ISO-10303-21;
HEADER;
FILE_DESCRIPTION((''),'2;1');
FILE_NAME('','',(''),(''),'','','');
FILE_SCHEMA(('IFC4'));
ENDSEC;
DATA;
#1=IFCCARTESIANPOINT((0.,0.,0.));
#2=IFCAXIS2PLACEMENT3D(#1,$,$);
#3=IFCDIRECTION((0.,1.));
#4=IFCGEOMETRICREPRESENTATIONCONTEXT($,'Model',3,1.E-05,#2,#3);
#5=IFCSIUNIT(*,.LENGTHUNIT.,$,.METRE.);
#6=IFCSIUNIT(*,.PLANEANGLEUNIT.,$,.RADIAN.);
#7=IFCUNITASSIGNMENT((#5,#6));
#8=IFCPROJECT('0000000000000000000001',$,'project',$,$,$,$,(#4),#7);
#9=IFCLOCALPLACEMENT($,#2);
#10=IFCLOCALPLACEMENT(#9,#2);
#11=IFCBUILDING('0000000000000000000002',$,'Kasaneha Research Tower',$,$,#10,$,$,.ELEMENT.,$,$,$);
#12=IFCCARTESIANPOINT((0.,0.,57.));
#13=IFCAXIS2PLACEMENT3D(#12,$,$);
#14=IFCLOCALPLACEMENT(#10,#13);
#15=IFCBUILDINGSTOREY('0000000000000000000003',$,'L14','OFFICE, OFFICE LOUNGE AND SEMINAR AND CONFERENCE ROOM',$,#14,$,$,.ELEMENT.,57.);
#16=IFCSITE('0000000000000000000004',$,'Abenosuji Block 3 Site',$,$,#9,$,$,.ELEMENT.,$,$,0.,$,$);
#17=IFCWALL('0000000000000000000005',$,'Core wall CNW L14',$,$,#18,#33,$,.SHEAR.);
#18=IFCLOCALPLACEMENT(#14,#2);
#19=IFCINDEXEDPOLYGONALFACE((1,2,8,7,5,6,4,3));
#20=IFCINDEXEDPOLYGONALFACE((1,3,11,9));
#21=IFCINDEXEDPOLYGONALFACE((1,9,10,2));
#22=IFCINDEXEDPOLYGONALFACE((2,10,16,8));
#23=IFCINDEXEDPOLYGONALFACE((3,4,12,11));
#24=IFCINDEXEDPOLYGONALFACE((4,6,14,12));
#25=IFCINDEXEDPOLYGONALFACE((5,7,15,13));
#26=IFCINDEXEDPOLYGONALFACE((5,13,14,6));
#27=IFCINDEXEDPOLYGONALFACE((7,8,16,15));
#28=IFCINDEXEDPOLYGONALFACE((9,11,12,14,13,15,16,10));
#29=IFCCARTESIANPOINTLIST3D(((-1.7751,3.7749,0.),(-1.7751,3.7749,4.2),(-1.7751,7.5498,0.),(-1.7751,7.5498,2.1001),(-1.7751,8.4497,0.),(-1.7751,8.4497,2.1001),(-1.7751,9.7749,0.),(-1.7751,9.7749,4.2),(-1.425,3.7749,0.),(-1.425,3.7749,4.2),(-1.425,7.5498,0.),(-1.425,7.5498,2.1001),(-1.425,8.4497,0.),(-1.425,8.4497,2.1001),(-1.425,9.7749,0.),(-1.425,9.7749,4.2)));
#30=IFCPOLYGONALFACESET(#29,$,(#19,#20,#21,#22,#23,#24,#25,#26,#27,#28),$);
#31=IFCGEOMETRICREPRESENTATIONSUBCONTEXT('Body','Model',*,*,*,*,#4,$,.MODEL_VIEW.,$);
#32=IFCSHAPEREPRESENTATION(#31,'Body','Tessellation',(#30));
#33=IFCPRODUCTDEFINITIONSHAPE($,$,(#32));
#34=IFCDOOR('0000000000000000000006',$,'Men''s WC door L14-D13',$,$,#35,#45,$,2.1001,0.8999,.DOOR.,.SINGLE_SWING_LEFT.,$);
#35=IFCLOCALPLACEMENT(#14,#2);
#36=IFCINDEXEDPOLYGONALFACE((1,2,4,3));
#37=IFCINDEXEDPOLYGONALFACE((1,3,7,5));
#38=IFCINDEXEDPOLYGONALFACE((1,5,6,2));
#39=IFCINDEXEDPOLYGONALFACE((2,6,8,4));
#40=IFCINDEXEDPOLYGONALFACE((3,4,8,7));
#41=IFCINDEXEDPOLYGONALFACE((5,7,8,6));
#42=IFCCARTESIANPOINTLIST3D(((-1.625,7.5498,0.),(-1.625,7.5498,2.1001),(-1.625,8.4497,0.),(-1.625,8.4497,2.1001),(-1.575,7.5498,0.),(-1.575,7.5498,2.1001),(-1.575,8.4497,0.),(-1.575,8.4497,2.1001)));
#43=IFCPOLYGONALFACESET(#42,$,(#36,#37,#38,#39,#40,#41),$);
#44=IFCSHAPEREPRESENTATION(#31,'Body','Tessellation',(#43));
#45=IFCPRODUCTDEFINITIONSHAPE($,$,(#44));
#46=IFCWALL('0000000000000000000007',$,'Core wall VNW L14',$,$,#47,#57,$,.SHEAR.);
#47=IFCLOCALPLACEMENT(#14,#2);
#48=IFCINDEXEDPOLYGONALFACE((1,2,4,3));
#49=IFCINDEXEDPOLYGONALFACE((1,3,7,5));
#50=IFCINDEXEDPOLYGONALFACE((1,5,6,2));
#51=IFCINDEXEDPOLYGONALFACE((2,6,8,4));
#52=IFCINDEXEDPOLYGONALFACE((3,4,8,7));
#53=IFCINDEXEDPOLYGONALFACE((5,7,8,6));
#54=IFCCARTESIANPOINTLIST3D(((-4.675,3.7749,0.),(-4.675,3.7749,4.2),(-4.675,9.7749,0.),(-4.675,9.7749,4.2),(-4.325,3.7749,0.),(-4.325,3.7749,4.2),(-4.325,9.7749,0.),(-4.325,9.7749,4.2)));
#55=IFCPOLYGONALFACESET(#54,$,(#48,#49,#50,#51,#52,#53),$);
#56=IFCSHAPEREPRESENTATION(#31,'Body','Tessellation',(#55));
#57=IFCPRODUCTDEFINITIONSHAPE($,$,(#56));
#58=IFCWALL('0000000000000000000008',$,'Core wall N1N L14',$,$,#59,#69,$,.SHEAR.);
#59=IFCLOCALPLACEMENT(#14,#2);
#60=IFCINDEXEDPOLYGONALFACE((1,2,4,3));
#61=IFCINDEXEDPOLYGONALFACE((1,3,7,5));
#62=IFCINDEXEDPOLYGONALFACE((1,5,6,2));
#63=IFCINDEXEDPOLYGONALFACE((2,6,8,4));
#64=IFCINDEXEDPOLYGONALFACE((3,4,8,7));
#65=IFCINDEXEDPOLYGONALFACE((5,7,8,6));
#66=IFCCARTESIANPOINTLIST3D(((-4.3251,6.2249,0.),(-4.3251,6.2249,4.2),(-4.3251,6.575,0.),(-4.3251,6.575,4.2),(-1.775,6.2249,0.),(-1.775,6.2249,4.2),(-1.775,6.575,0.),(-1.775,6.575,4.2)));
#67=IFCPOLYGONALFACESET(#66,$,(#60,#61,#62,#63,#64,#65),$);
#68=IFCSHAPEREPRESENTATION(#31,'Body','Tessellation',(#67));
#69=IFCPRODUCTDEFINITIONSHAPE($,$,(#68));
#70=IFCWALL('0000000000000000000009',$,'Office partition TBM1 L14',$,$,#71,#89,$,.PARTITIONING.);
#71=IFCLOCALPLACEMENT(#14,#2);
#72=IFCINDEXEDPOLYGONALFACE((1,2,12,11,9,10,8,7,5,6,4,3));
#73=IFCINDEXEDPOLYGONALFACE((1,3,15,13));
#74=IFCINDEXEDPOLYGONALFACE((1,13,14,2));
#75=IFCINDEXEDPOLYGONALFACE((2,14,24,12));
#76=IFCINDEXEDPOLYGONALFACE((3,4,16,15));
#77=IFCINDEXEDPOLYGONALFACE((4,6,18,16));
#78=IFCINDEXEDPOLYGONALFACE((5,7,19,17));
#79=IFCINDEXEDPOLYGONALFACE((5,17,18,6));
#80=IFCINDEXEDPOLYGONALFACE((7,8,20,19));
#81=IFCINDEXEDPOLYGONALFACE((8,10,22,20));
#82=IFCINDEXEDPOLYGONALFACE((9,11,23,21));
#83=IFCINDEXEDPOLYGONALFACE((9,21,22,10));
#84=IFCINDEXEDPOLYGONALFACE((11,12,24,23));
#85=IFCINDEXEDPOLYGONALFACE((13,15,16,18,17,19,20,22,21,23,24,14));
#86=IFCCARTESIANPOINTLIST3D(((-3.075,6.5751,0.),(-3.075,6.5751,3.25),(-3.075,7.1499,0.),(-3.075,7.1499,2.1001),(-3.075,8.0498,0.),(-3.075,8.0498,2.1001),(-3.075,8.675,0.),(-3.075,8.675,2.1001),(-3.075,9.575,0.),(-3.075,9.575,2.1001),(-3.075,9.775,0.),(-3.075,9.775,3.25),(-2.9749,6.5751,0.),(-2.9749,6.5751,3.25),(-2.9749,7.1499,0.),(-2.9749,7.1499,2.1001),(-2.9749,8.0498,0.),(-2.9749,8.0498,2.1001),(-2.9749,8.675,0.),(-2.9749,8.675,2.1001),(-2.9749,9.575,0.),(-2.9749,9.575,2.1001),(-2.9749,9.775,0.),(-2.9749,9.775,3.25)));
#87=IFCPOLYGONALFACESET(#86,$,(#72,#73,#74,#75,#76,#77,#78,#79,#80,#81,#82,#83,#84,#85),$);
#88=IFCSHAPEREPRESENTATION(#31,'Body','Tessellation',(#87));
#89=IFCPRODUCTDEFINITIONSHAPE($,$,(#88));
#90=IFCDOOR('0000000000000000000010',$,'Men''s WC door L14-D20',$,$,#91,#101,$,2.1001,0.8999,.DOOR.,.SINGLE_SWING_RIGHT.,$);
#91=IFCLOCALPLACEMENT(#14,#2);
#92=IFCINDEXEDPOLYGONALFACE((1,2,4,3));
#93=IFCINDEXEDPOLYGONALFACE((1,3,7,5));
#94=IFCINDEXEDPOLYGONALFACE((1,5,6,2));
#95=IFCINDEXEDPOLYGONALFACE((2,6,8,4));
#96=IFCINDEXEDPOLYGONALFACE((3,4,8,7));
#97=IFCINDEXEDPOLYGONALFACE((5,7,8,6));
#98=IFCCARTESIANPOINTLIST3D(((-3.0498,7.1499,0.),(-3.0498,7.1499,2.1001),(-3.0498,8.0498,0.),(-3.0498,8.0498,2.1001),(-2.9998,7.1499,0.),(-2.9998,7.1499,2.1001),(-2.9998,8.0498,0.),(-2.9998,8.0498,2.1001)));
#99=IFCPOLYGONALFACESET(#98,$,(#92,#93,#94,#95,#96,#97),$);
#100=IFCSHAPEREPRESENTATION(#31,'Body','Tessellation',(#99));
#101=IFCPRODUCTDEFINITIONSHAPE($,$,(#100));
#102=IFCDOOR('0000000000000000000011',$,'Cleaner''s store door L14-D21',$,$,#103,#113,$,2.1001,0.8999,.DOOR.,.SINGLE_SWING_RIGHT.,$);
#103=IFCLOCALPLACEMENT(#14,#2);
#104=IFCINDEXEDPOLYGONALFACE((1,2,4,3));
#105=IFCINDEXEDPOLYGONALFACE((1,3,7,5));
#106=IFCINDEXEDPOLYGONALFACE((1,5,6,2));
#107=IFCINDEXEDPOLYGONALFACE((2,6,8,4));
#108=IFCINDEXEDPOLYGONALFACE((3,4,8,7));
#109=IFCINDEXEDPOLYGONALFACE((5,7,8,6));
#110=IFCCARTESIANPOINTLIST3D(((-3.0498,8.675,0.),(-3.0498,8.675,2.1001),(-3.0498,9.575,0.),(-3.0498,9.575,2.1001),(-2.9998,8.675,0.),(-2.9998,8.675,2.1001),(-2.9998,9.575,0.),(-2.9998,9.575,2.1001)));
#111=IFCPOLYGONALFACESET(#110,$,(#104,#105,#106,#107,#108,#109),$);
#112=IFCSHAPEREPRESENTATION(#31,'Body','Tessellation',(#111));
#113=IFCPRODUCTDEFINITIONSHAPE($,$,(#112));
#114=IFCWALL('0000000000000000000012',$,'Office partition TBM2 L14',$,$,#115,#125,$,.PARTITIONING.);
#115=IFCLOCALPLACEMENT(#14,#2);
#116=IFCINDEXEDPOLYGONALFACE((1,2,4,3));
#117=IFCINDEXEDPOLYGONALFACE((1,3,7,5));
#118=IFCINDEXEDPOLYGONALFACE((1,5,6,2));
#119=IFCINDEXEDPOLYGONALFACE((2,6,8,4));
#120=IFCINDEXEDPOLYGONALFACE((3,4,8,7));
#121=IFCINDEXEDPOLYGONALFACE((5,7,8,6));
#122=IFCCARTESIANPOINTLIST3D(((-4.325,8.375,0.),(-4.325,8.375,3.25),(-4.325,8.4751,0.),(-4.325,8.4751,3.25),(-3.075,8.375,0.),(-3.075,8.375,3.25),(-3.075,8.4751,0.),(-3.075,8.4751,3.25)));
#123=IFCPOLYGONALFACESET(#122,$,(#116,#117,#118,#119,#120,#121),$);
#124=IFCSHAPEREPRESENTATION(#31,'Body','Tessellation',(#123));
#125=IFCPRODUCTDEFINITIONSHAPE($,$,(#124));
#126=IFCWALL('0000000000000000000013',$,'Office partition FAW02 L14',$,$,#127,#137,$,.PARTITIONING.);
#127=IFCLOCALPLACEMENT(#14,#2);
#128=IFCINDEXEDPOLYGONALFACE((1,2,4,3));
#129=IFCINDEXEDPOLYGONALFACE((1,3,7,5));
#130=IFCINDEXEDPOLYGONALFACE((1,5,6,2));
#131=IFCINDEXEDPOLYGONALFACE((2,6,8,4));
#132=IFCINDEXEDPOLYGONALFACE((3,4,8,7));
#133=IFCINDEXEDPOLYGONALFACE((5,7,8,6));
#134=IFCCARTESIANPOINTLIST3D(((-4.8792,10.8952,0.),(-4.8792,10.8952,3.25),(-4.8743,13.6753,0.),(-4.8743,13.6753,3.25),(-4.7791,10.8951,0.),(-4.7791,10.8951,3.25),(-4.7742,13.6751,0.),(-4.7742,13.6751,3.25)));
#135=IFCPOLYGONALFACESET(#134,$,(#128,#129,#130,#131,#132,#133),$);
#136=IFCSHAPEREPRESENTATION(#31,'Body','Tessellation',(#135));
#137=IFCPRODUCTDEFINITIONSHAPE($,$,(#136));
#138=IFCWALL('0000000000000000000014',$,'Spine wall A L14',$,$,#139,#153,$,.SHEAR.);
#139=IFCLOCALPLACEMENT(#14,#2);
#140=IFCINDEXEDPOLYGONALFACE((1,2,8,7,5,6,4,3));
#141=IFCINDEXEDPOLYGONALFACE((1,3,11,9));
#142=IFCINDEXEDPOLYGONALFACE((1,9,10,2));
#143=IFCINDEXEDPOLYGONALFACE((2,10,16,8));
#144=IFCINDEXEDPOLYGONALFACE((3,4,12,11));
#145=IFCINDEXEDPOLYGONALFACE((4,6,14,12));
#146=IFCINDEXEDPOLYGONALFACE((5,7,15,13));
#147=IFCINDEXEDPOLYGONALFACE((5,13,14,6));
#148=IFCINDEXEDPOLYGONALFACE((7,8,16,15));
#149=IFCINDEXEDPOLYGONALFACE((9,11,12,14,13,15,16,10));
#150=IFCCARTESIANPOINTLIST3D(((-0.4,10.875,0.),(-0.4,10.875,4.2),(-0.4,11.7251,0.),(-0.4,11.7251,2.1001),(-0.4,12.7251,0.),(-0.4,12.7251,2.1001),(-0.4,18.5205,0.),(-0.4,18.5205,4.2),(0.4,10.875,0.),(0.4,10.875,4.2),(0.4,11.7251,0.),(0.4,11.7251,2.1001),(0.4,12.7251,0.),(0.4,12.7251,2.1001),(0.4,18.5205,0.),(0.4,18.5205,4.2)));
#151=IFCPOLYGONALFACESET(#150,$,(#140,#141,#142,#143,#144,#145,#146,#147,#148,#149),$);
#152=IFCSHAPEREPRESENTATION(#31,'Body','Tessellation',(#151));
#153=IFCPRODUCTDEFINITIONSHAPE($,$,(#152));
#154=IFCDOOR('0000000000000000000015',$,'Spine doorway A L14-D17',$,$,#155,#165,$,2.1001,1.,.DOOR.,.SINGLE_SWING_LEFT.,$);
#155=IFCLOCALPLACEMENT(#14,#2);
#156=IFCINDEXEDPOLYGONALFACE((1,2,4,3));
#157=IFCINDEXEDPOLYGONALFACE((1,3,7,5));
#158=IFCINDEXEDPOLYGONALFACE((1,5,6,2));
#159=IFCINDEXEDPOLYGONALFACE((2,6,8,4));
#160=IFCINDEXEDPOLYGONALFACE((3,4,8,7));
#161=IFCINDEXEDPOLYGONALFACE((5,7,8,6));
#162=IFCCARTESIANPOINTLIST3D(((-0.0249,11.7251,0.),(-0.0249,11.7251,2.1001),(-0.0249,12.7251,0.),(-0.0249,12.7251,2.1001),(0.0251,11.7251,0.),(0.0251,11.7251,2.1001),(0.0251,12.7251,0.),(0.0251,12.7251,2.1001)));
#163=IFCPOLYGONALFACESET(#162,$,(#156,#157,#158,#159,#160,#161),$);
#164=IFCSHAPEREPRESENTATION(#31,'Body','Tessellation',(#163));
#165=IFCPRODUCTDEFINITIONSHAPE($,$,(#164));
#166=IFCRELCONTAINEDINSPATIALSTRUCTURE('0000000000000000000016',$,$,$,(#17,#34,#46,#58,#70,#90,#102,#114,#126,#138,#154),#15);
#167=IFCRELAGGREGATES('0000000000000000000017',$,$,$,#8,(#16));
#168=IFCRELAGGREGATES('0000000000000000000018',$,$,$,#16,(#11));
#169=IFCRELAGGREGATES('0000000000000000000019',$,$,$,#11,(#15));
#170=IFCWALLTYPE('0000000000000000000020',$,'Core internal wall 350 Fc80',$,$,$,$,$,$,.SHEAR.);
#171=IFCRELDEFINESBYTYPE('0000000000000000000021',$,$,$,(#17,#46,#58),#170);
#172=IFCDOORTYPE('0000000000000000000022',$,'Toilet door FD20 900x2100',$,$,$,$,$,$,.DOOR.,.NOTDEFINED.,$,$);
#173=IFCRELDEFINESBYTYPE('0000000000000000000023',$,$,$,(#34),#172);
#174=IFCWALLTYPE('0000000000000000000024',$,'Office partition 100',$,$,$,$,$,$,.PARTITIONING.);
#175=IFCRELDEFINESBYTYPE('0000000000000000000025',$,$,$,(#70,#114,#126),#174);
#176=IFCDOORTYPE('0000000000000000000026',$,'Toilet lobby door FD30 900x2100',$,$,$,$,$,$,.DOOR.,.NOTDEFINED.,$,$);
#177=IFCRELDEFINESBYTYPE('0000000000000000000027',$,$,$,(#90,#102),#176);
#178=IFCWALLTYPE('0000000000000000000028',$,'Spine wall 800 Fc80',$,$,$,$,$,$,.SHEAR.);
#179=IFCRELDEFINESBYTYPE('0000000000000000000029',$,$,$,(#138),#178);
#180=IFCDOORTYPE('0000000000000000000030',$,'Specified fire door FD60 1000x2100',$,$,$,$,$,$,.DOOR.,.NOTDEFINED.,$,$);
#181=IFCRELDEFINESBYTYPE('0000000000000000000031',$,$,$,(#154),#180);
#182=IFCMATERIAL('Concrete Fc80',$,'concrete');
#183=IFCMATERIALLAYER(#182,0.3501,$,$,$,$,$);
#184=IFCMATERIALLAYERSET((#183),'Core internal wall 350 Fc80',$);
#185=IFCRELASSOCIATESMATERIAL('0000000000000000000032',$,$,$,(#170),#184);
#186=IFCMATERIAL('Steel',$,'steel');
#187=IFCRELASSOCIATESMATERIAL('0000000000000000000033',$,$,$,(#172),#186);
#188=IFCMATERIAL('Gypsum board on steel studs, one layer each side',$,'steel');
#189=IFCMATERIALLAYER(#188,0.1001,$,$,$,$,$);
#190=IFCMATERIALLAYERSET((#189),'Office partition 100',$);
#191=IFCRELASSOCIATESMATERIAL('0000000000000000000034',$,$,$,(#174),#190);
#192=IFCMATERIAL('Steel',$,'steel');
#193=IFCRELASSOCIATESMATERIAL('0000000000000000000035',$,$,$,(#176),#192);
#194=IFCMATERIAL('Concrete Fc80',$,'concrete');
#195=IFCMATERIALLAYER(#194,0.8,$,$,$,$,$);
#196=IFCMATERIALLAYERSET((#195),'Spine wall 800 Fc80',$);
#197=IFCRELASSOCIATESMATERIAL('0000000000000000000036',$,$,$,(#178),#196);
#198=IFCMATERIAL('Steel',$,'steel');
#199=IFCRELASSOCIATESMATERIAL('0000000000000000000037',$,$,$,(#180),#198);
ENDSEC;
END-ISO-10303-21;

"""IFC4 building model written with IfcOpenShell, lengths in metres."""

from ifc_helpers import new_model, si_unit, direction, frame, frame_2d, origin, place, context, subcontext, project, spatial, rectangle, extrude, material, layer, layer_set, type_object, element, fill, save


model = new_model("IFC4")

# Units and contexts
model_context = context("Model", 3, precision=1e-05, world=origin(), true_north=direction((0.0, 1.0)))
body_context = subcontext(model_context, "Body", "Model", "MODEL_VIEW")
ifc_project = project(units=[si_unit("LENGTHUNIT", "METRE"), si_unit("PLANEANGLEUNIT", "RADIAN")], contexts=[model_context])

# Site, building, storey
site_placement = place(None, origin())
site = spatial("IfcSite", under=ifc_project, at=site_placement, Name="Abenosuji Block 3 Site", CompositionType="ELEMENT", RefElevation=0.0)
building_placement = place(site_placement, origin())
building = spatial("IfcBuilding", under=site, at=building_placement, Name="Kasaneha Research Tower", CompositionType="ELEMENT")
storey_placement = place(building_placement, frame((0.0, 0.0, 57.0)))
storey = spatial("IfcBuildingStorey", under=building, at=storey_placement, Name="L14", Description="OFFICE, OFFICE LOUNGE AND SEMINAR AND CONFERENCE ROOM", CompositionType="ELEMENT", Elevation=57.0)

# Wall, opening, door
ifc_material_1 = material(Name="Concrete Fc80", Category="concrete")
ifc_layer_1 = layer(ifc_material_1, 0.3501)
ifc_layer_set_1 = layer_set([ifc_layer_1], Name="Core internal wall 350 Fc80")
wall_type_1 = type_object("IfcWallType", Name="Core internal wall 350 Fc80", PredefinedType="SHEAR", material=ifc_layer_set_1)
wall_1_placement = place(storey_placement, frame((-1.6001, 3.7749, 0.0), z_axis=(0.0, 0.0, 1.0), x_axis=(0.0, 1.0, 0.0)))
wall_1 = element("IfcWall", 1, at=wall_1_placement, inside=storey, type_object=wall_type_1, Name="Core wall CNW L14", PredefinedType="SHEAR", context=body_context, shape_type="SweptSolid", body=[
    extrude(rectangle(XDim=6.0, YDim=0.3501, at=frame_2d((3.0, 0.0))), origin(), (0.0, 0.0, 1.0), 4.2),
])
opening_1_placement = place(wall_1_placement, frame((3.7749, 0.0, 0.0)))
opening_1 = element("IfcOpeningElement", 2, at=opening_1_placement, cuts=wall_1, PredefinedType="OPENING", context=body_context, shape_type="SweptSolid", body=[
    extrude(rectangle(XDim=0.8999, YDim=2.1001, at=frame_2d((0.45, 1.05))), frame((0.0, 0.1851, 0.0), z_axis=(0.0, -1.0, 0.0), x_axis=(1.0, 0.0, 0.0)), (0.0, 0.0, 1.0), 0.3701),
])
ifc_material_2 = material(Name="Steel", Category="steel")
door_type_1 = type_object("IfcDoorType", Name="Toilet door FD20 900x2100", OperationType="NOTDEFINED", PredefinedType="DOOR", material=ifc_material_2)
door_1_placement = place(opening_1_placement, origin())
door_1 = element("IfcDoor", 3, at=door_1_placement, inside=storey, type_object=door_type_1, Name="Men's WC door L14-D13", OperationType="SINGLE_SWING_LEFT", OverallHeight=2.1001, OverallWidth=0.8999, PredefinedType="DOOR", context=body_context, shape_type="SweptSolid", body=[
    extrude(rectangle(XDim=0.8999, YDim=2.1001, at=frame_2d((0.45, 1.05))), frame((0.0, 0.0249, 0.0), z_axis=(0.0, -1.0, 0.0), x_axis=(1.0, 0.0, 0.0)), (0.0, 0.0, 1.0), 0.05),
])
fill(opening_1, door_1)

# Walls
wall_2_placement = place(storey_placement, frame((-4.5, 3.7749, 0.0), z_axis=(0.0, 0.0, 1.0), x_axis=(0.0, 1.0, 0.0)))
element("IfcWall", 4, at=wall_2_placement, inside=storey, type_object=wall_type_1, Name="Core wall VNW L14", PredefinedType="SHEAR", context=body_context, shape_type="SweptSolid", body=[
    extrude(rectangle(XDim=6.0, YDim=0.3501, at=frame_2d((3.0, 0.0))), origin(), (0.0, 0.0, 1.0), 4.2),
])
wall_3_placement = place(storey_placement, frame((-4.325, 6.3999, 0.0), z_axis=(0.0, 0.0, 1.0), x_axis=(1.0, 0.0, 0.0)))
element("IfcWall", 5, at=wall_3_placement, inside=storey, type_object=wall_type_1, Name="Core wall N1N L14", PredefinedType="SHEAR", context=body_context, shape_type="SweptSolid", body=[
    extrude(rectangle(XDim=2.55, YDim=0.3501, at=frame_2d((1.2749, 0.0))), origin(), (0.0, 0.0, 1.0), 4.2),
])

# Wall, openings, doors
ifc_material_3 = material(Name="Gypsum board on steel studs, one layer each side", Category="steel")
ifc_layer_2 = layer(ifc_material_3, 0.1001)
ifc_layer_set_2 = layer_set([ifc_layer_2], Name="Office partition 100")
wall_type_2 = type_object("IfcWallType", Name="Office partition 100", PredefinedType="PARTITIONING", material=ifc_layer_set_2)
wall_4_placement = place(storey_placement, frame((-3.0249, 6.575, 0.0), z_axis=(0.0, 0.0, 1.0), x_axis=(0.0, 1.0, 0.0)))
wall_4 = element("IfcWall", 6, at=wall_4_placement, inside=storey, type_object=wall_type_2, Name="Office partition TBM1 L14", PredefinedType="PARTITIONING", context=body_context, shape_type="SweptSolid", body=[
    extrude(rectangle(XDim=3.2, YDim=0.1001, at=frame_2d((1.6001, 0.0))), origin(), (0.0, 0.0, 1.0), 3.25),
])
opening_2_placement = place(wall_4_placement, frame((0.575, 0.0, 0.0)))
opening_2 = element("IfcOpeningElement", 7, at=opening_2_placement, cuts=wall_4, PredefinedType="OPENING", context=body_context, shape_type="SweptSolid", body=[
    extrude(rectangle(XDim=0.8999, YDim=2.1001, at=frame_2d((0.45, 1.05))), frame((0.0, 0.0601, 0.0), z_axis=(0.0, -1.0, 0.0), x_axis=(1.0, 0.0, 0.0)), (0.0, 0.0, 1.0), 0.1201),
])
opening_3_placement = place(wall_4_placement, frame((2.1001, 0.0, 0.0)))
opening_3 = element("IfcOpeningElement", 8, at=opening_3_placement, cuts=wall_4, PredefinedType="OPENING", context=body_context, shape_type="SweptSolid", body=[
    extrude(rectangle(XDim=0.8999, YDim=2.1001, at=frame_2d((0.45, 1.05))), frame((0.0, 0.0601, 0.0), z_axis=(0.0, -1.0, 0.0), x_axis=(1.0, 0.0, 0.0)), (0.0, 0.0, 1.0), 0.1201),
])
ifc_material_4 = material(Name="Steel", Category="steel")
door_type_2 = type_object("IfcDoorType", Name="Toilet lobby door FD30 900x2100", OperationType="NOTDEFINED", PredefinedType="DOOR", material=ifc_material_4)
door_2_placement = place(opening_2_placement, origin())
door_2 = element("IfcDoor", 9, at=door_2_placement, inside=storey, type_object=door_type_2, Name="Men's WC door L14-D20", OperationType="SINGLE_SWING_RIGHT", OverallHeight=2.1001, OverallWidth=0.8999, PredefinedType="DOOR", context=body_context, shape_type="SweptSolid", body=[
    extrude(rectangle(XDim=0.8999, YDim=2.1001, at=frame_2d((0.45, 1.05))), frame((0.0, 0.0249, 0.0), z_axis=(0.0, -1.0, 0.0), x_axis=(1.0, 0.0, 0.0)), (0.0, 0.0, 1.0), 0.05),
])
fill(opening_2, door_2)
door_3_placement = place(opening_3_placement, origin())
door_3 = element("IfcDoor", 10, at=door_3_placement, inside=storey, type_object=door_type_2, Name="Cleaner's store door L14-D21", OperationType="SINGLE_SWING_RIGHT", OverallHeight=2.1001, OverallWidth=0.8999, PredefinedType="DOOR", context=body_context, shape_type="SweptSolid", body=[
    extrude(rectangle(XDim=0.8999, YDim=2.1001, at=frame_2d((0.45, 1.05))), frame((0.0, 0.0249, 0.0), z_axis=(0.0, -1.0, 0.0), x_axis=(1.0, 0.0, 0.0)), (0.0, 0.0, 1.0), 0.05),
])
fill(opening_3, door_3)

# Walls
wall_5_placement = place(storey_placement, frame((-3.075, 8.425, 0.0), z_axis=(0.0, 0.0, 1.0), x_axis=(-1.0, 0.0, 0.0)))
element("IfcWall", 11, at=wall_5_placement, inside=storey, type_object=wall_type_2, Name="Office partition TBM2 L14", PredefinedType="PARTITIONING", context=body_context, shape_type="SweptSolid", body=[
    extrude(rectangle(XDim=1.25, YDim=0.1001, at=frame_2d((0.625, 0.0))), origin(), (0.0, 0.0, 1.0), 3.25),
])
wall_6_placement = place(storey_placement, frame((-4.8291, 10.895, 0.0), z_axis=(0.0, 0.0, 1.0), x_axis=(0.001756, 0.999998, 0.0)))
element("IfcWall", 12, at=wall_6_placement, inside=storey, type_object=wall_type_2, Name="Office partition FAW02 L14", PredefinedType="PARTITIONING", context=body_context, shape_type="SweptSolid", body=[
    extrude(rectangle(XDim=2.78, YDim=0.1001, at=frame_2d((1.3901, 0.0))), origin(), (0.0, 0.0, 1.0), 3.25),
])

# Wall, opening, door
ifc_material_5 = material(Name="Concrete Fc80", Category="concrete")
ifc_layer_3 = layer(ifc_material_5, 0.8)
ifc_layer_set_3 = layer_set([ifc_layer_3], Name="Spine wall 800 Fc80")
wall_type_3 = type_object("IfcWallType", Name="Spine wall 800 Fc80", PredefinedType="SHEAR", material=ifc_layer_set_3)
wall_7_placement = place(storey_placement, frame((0.0, 10.875, 0.0), z_axis=(0.0, 0.0, 1.0), x_axis=(0.0, 1.0, 0.0)))
wall_7 = element("IfcWall", 13, at=wall_7_placement, inside=storey, type_object=wall_type_3, Name="Spine wall A L14", PredefinedType="SHEAR", context=body_context, shape_type="SweptSolid", body=[
    extrude(rectangle(XDim=7.6455, YDim=0.8, at=frame_2d((3.8228, 0.0))), origin(), (0.0, 0.0, 1.0), 4.2),
])
opening_4_placement = place(wall_7_placement, frame((0.8501, 0.0, 0.0)))
opening_4 = element("IfcOpeningElement", 14, at=opening_4_placement, cuts=wall_7, PredefinedType="OPENING", context=body_context, shape_type="SweptSolid", body=[
    extrude(rectangle(XDim=1.0, YDim=2.1001, at=frame_2d((0.5, 1.05))), frame((0.0, 0.4102, 0.0), z_axis=(0.0, -1.0, 0.0), x_axis=(1.0, 0.0, 0.0)), (0.0, 0.0, 1.0), 0.8201),
])
ifc_material_6 = material(Name="Steel", Category="steel")
door_type_3 = type_object("IfcDoorType", Name="Specified fire door FD60 1000x2100", OperationType="NOTDEFINED", PredefinedType="DOOR", material=ifc_material_6)
door_4_placement = place(opening_4_placement, origin())
door_4 = element("IfcDoor", 15, at=door_4_placement, inside=storey, type_object=door_type_3, Name="Spine doorway A L14-D17", OperationType="SINGLE_SWING_LEFT", OverallHeight=2.1001, OverallWidth=1.0, PredefinedType="DOOR", context=body_context, shape_type="SweptSolid", body=[
    extrude(rectangle(XDim=1.0, YDim=2.1001, at=frame_2d((0.5, 1.05))), frame((0.0, 0.0249, 0.0), z_axis=(0.0, -1.0, 0.0), x_axis=(1.0, 0.0, 0.0)), (0.0, 0.0, 1.0), 0.05),
])
fill(opening_4, door_4)

save(model, "model.ifc")
